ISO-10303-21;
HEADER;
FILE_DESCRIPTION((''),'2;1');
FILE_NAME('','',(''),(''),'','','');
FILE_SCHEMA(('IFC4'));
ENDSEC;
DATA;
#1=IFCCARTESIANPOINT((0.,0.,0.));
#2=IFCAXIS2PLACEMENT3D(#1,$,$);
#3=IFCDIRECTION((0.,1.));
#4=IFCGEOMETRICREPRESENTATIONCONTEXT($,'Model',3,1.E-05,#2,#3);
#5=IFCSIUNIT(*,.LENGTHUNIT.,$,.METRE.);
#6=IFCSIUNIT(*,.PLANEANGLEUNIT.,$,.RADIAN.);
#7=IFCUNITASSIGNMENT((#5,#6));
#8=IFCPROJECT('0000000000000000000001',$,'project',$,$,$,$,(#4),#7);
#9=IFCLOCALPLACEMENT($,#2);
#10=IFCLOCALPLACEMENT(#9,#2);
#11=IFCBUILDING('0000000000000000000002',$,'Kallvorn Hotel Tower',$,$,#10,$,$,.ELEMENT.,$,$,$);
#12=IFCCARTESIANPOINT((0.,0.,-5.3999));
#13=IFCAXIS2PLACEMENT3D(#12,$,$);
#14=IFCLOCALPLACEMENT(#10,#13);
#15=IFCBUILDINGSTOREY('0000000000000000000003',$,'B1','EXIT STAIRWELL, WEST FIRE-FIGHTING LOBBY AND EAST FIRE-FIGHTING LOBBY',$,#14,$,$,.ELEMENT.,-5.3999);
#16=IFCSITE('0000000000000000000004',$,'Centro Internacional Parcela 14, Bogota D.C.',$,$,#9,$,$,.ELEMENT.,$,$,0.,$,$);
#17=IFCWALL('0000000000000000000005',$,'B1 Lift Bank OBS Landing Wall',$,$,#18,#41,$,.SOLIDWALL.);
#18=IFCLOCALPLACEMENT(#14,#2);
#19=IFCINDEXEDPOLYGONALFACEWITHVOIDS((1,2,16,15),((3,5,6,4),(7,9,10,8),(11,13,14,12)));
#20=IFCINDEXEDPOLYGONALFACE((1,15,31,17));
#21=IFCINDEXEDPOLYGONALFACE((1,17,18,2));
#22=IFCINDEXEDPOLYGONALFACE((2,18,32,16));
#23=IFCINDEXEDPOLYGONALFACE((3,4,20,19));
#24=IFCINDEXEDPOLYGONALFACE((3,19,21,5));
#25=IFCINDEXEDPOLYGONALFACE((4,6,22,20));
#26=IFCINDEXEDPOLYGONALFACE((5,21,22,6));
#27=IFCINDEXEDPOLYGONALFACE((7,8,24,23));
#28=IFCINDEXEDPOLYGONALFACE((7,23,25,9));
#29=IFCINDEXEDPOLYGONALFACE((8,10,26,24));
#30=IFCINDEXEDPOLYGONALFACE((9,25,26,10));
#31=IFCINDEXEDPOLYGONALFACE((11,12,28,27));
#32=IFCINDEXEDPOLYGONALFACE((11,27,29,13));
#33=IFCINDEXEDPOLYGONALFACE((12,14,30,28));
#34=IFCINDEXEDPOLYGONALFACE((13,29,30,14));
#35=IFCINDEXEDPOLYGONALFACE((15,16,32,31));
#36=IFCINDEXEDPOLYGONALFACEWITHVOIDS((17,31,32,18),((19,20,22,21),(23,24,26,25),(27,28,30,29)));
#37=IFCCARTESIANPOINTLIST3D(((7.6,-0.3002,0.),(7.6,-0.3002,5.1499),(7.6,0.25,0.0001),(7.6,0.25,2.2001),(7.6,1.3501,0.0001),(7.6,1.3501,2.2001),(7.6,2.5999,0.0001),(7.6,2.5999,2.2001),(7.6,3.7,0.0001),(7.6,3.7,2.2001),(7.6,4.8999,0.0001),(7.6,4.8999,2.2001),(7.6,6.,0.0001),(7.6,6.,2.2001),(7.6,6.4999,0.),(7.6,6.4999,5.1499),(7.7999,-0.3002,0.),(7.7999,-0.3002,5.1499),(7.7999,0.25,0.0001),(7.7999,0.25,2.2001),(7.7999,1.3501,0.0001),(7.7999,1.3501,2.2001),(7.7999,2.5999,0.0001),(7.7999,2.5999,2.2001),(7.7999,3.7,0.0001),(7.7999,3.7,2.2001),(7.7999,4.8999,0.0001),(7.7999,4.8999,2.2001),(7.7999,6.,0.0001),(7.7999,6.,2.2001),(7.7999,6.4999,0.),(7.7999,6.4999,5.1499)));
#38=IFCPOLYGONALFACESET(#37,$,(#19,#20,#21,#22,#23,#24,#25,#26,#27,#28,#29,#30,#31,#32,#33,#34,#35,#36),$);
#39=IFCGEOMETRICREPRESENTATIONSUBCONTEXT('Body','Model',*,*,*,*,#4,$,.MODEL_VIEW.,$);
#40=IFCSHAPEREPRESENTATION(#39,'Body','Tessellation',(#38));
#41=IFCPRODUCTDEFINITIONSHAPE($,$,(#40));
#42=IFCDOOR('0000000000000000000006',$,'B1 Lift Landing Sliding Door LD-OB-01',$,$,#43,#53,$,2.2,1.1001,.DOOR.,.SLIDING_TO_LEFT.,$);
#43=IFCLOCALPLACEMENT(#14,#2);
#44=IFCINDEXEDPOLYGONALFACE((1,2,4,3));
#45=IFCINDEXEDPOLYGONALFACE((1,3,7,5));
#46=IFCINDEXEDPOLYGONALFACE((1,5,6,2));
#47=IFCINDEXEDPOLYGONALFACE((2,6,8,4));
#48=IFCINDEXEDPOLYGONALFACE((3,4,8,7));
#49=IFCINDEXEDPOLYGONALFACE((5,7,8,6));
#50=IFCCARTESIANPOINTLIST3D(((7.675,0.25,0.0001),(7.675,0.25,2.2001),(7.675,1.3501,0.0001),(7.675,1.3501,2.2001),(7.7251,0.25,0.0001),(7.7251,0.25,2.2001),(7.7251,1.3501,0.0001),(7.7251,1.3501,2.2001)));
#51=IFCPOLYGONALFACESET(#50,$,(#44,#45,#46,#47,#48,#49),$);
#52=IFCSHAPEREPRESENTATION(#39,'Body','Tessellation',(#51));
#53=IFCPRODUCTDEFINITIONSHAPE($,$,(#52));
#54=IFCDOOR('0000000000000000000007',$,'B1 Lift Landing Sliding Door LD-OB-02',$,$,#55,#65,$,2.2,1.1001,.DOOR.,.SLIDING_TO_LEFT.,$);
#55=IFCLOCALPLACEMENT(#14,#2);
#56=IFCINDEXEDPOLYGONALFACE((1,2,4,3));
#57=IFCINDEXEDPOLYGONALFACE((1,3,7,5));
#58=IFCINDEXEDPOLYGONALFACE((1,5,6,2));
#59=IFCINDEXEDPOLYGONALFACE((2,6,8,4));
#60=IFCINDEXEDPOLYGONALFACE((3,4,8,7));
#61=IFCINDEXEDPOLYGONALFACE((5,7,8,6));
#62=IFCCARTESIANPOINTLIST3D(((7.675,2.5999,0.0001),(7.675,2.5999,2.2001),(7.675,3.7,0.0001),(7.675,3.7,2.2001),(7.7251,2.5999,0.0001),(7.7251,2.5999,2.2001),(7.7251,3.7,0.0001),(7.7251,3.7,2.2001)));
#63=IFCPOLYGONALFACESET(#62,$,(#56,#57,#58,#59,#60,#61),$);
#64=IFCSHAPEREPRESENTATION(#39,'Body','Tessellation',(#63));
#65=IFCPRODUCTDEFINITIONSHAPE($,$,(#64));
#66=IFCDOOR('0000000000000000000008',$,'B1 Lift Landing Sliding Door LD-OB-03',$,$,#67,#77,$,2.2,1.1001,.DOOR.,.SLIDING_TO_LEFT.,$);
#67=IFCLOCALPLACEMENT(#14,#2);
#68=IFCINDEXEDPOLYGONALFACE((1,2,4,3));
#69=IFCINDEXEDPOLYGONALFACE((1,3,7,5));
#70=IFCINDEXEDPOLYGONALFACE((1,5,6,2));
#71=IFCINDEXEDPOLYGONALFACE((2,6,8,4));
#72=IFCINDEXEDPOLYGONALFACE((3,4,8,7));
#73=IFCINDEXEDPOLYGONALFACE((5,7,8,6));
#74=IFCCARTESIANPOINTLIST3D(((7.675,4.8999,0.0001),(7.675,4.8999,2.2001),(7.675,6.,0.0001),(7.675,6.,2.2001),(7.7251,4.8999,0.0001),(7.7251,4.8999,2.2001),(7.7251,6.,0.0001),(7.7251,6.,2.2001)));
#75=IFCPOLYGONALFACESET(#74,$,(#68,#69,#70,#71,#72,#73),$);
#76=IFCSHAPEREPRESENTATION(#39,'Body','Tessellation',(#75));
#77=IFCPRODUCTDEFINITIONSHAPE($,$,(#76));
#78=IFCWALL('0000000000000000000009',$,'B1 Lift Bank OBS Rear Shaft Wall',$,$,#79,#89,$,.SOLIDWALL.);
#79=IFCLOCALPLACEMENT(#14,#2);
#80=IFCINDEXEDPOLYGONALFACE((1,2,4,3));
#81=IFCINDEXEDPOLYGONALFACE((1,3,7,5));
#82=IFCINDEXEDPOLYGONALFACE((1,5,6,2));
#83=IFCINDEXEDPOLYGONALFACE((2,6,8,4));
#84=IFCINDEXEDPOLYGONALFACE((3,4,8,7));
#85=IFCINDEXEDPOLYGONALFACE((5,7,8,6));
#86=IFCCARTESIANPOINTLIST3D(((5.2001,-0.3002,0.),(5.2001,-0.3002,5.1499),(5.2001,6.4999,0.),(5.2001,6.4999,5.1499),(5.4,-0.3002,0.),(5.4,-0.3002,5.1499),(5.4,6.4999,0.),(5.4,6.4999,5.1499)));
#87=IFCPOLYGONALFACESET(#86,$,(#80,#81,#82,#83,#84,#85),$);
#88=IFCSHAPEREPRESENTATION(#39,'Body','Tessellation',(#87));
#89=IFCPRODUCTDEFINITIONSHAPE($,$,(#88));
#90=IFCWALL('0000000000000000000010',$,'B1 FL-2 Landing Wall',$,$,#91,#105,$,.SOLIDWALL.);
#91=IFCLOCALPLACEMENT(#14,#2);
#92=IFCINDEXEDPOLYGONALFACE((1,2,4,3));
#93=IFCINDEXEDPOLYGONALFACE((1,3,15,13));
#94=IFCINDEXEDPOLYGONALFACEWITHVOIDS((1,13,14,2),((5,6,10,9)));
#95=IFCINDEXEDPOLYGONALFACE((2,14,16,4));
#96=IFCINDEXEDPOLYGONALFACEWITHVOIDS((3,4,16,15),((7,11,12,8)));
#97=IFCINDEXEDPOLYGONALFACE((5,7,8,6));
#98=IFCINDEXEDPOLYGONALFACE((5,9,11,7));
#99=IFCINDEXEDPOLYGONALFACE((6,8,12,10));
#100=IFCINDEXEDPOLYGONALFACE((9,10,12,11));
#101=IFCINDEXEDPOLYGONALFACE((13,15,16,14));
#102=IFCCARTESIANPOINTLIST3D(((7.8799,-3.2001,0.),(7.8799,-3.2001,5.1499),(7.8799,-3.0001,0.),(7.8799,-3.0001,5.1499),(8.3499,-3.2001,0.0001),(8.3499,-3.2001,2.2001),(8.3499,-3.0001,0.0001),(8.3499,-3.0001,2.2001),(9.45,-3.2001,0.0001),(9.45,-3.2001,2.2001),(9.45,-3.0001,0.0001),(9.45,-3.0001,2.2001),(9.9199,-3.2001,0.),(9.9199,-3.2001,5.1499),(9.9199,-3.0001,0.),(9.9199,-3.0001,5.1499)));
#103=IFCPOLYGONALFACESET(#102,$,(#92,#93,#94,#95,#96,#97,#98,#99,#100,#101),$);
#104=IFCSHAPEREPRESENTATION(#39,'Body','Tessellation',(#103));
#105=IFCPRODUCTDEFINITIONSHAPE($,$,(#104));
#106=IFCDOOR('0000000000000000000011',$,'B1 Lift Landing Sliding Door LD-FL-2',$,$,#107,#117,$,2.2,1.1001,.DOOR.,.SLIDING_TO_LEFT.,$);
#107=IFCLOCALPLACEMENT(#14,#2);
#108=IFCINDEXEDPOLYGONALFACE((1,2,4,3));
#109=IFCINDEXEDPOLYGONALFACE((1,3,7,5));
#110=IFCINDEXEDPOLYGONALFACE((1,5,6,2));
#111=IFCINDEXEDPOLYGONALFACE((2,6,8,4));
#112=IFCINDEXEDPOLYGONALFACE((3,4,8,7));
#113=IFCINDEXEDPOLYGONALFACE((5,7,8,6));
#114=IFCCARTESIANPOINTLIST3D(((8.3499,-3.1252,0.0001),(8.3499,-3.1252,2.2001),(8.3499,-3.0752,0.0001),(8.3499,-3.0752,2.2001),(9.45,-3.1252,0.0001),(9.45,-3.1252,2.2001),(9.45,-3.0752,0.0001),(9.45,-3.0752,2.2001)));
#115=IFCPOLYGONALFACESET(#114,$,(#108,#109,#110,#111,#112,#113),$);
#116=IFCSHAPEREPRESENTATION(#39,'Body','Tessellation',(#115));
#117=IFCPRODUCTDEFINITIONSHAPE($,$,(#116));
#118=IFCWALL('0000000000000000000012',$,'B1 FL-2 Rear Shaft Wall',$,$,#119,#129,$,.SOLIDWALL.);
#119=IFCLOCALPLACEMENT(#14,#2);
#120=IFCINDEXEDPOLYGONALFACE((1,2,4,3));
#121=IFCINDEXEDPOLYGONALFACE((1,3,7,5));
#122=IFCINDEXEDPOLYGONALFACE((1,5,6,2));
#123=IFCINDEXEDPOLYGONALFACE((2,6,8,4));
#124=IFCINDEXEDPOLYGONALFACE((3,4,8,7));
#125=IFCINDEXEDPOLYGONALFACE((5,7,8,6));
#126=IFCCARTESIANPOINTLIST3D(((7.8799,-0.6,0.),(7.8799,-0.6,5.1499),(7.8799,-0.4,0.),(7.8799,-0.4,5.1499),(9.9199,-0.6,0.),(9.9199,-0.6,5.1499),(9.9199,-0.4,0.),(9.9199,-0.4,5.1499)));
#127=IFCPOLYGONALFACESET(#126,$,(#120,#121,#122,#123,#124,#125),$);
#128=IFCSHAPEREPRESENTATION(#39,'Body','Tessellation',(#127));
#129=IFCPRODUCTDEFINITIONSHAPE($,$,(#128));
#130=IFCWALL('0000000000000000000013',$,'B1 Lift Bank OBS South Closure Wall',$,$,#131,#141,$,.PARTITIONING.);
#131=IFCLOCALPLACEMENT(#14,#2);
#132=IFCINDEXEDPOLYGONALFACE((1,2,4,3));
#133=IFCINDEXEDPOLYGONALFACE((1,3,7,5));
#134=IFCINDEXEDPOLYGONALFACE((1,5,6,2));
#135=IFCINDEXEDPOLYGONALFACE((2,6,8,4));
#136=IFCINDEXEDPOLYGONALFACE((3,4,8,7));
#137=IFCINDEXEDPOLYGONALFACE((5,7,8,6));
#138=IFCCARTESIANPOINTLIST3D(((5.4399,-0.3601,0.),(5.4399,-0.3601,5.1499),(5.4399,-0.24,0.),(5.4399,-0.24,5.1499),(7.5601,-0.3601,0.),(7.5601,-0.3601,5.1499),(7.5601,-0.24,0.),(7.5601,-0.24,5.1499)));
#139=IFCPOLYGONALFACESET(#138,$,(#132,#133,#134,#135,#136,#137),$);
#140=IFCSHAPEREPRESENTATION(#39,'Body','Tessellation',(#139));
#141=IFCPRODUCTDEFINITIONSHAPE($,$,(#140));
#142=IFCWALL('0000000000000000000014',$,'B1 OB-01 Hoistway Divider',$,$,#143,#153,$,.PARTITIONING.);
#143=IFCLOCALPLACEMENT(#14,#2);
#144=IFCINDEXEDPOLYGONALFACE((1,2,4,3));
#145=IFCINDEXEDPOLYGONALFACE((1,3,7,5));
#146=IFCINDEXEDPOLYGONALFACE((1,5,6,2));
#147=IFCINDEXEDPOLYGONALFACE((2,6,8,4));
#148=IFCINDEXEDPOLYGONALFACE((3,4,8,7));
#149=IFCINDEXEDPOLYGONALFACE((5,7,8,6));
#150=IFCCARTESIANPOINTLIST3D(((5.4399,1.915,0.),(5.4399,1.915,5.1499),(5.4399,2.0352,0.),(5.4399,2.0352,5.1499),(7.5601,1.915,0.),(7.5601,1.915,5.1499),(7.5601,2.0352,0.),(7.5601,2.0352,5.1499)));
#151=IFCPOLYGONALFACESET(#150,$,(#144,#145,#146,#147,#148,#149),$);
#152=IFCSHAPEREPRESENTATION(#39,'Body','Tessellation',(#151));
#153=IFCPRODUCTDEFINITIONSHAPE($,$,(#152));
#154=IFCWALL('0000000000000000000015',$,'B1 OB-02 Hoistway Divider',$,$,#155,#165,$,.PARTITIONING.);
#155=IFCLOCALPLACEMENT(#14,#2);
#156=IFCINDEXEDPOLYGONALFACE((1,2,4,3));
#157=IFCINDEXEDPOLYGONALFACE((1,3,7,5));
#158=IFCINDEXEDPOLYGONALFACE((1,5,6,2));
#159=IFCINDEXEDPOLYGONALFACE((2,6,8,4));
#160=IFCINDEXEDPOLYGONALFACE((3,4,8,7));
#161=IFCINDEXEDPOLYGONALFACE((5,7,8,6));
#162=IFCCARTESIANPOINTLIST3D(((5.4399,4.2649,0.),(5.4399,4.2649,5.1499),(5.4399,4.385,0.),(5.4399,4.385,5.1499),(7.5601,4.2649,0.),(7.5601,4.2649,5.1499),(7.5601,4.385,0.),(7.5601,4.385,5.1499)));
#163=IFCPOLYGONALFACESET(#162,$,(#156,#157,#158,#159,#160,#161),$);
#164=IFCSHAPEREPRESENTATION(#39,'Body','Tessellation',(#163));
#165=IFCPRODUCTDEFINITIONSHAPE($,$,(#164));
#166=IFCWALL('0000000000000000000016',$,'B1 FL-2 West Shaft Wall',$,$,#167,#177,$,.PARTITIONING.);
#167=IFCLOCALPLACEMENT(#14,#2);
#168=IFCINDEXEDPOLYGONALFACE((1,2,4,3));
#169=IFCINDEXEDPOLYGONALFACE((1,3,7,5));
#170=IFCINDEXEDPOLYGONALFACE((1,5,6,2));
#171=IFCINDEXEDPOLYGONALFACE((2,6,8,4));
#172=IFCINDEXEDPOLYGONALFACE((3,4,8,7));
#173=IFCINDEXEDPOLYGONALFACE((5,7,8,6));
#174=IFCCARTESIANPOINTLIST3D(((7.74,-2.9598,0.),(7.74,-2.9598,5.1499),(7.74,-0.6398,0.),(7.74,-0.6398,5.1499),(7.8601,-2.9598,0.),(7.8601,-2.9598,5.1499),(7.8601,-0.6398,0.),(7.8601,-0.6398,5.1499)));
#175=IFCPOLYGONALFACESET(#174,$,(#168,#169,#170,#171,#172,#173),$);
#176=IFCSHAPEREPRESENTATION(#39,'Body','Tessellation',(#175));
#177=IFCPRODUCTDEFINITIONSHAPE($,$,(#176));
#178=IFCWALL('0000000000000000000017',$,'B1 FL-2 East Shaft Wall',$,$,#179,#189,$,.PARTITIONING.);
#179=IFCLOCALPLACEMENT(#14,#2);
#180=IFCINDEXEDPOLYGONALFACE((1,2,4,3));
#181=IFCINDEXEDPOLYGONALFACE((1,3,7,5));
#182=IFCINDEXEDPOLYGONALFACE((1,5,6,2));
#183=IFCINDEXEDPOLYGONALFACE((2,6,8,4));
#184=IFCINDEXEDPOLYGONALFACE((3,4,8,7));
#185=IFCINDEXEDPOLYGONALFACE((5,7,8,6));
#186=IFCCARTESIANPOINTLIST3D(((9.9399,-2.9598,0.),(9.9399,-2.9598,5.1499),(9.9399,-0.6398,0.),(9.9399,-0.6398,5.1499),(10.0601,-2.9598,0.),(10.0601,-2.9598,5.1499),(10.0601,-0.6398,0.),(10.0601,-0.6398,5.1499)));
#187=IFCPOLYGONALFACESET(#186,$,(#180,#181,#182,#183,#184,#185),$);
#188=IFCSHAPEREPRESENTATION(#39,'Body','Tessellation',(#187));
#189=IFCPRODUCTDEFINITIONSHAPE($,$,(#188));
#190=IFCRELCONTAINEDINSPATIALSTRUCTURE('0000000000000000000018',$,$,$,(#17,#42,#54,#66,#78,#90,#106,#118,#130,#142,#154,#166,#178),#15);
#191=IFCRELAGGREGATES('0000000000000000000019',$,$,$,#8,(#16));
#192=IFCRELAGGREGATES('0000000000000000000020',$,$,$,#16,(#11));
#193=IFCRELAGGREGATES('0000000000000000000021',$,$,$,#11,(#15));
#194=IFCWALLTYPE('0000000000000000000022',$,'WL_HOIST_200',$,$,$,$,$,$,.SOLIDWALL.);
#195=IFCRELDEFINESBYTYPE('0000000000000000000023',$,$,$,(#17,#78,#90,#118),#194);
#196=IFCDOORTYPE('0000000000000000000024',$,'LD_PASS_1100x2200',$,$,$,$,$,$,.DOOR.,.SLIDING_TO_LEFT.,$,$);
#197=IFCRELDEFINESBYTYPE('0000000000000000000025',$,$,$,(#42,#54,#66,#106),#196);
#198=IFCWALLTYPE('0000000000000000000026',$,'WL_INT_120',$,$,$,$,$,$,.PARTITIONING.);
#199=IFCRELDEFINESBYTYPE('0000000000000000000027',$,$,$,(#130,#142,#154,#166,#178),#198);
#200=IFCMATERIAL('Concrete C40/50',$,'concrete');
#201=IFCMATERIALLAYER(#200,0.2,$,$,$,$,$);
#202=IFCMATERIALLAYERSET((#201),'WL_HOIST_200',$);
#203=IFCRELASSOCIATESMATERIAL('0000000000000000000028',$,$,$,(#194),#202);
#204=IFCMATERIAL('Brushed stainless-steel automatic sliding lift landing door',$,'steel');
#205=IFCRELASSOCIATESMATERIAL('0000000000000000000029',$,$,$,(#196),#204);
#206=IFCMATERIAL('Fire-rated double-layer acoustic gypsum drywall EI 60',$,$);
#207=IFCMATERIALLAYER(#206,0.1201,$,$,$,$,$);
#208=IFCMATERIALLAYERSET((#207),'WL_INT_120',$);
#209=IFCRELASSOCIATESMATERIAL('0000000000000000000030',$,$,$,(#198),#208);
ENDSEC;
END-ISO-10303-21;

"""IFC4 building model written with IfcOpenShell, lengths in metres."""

from ifc_helpers import new_model, si_unit, direction, frame, frame_2d, origin, place, context, subcontext, project, spatial, rectangle, extrude, material, layer, layer_set, type_object, element, fill, save


model = new_model("IFC4")

# Units and contexts
model_context = context("Model", 3, precision=1e-05, world=origin(), true_north=direction((0.0, 1.0)))
body_context = subcontext(model_context, "Body", "Model", "MODEL_VIEW")
ifc_project = project(units=[si_unit("LENGTHUNIT", "METRE"), si_unit("PLANEANGLEUNIT", "RADIAN")], contexts=[model_context])

# Site, building, storey
site_placement = place(None, origin())
site = spatial("IfcSite", under=ifc_project, at=site_placement, Name="Centro Internacional Parcela 14, Bogota D.C.", CompositionType="ELEMENT", RefElevation=0.0)
building_placement = place(site_placement, origin())
building = spatial("IfcBuilding", under=site, at=building_placement, Name="Kallvorn Hotel Tower", CompositionType="ELEMENT")
storey_placement = place(building_placement, frame((0.0, 0.0, -5.3999)))
storey = spatial("IfcBuildingStorey", under=building, at=storey_placement, Name="B1", Description="EXIT STAIRWELL, WEST FIRE-FIGHTING LOBBY AND EAST FIRE-FIGHTING LOBBY", CompositionType="ELEMENT", Elevation=-5.3999)

# Shared definitions
ifc_material_1 = material(Name="Concrete C40/50", Category="concrete")
ifc_layer_1 = layer(ifc_material_1, 0.2)
ifc_layer_set_1 = layer_set([ifc_layer_1], Name="WL_HOIST_200")
wall_type_1 = type_object("IfcWallType", Name="WL_HOIST_200", PredefinedType="SOLIDWALL", material=ifc_layer_set_1)

# Wall, openings, doors
wall_1_placement = place(storey_placement, frame((7.7, -0.3, 0.0), z_axis=(0.0, 0.0, 1.0), x_axis=(0.0, 1.0, 0.0)))
wall_1 = element("IfcWall", 1, at=wall_1_placement, inside=storey, type_object=wall_type_1, Name="B1 Lift Bank OBS Landing Wall", PredefinedType="SOLIDWALL", context=body_context, shape_type="SweptSolid", body=[
    extrude(rectangle(XDim=6.8, YDim=0.2, at=frame_2d((3.3999, 0.0))), origin(), (0.0, 0.0, 1.0), 5.1499),
])
opening_1_placement = place(wall_1_placement, frame((0.55, 0.0, 0.0)))
opening_1 = element("IfcOpeningElement", 2, at=opening_1_placement, cuts=wall_1, PredefinedType="OPENING", context=body_context, shape_type="SweptSolid", body=[
    extrude(rectangle(XDim=1.1001, YDim=2.2, at=frame_2d((0.55, 1.1001))), frame((0.0, 0.115, 0.0), z_axis=(0.0, -1.0, 0.0), x_axis=(1.0, 0.0, 0.0)), (0.0, 0.0, 1.0), 0.23),
])
opening_2_placement = place(wall_1_placement, frame((2.8999, 0.0, 0.0)))
opening_2 = element("IfcOpeningElement", 3, at=opening_2_placement, cuts=wall_1, PredefinedType="OPENING", context=body_context, shape_type="SweptSolid", body=[
    extrude(rectangle(XDim=1.1001, YDim=2.2, at=frame_2d((0.55, 1.1001))), frame((0.0, 0.115, 0.0), z_axis=(0.0, -1.0, 0.0), x_axis=(1.0, 0.0, 0.0)), (0.0, 0.0, 1.0), 0.23),
])
opening_3_placement = place(wall_1_placement, frame((5.2, 0.0, 0.0)))
opening_3 = element("IfcOpeningElement", 4, at=opening_3_placement, cuts=wall_1, PredefinedType="OPENING", context=body_context, shape_type="SweptSolid", body=[
    extrude(rectangle(XDim=1.1001, YDim=2.2, at=frame_2d((0.55, 1.1001))), frame((0.0, 0.115, 0.0), z_axis=(0.0, -1.0, 0.0), x_axis=(1.0, 0.0, 0.0)), (0.0, 0.0, 1.0), 0.23),
])
ifc_material_2 = material(Name="Brushed stainless-steel automatic sliding lift landing door", Category="steel")
door_type = type_object("IfcDoorType", Name="LD_PASS_1100x2200", OperationType="SLIDING_TO_LEFT", PredefinedType="DOOR", material=ifc_material_2)
door_1_placement = place(opening_1_placement, origin())
door_1 = element("IfcDoor", 5, at=door_1_placement, inside=storey, type_object=door_type, Name="B1 Lift Landing Sliding Door LD-OB-01", OperationType="SLIDING_TO_LEFT", OverallHeight=2.2, OverallWidth=1.1001, PredefinedType="DOOR", context=body_context, shape_type="SweptSolid", body=[
    extrude(rectangle(XDim=1.1001, YDim=2.2, at=frame_2d((0.55, 1.1001))), frame((0.0, 0.0249, 0.0), z_axis=(0.0, -1.0, 0.0), x_axis=(1.0, 0.0, 0.0)), (0.0, 0.0, 1.0), 0.05),
])
fill(opening_1, door_1)
door_2_placement = place(opening_2_placement, origin())
door_2 = element("IfcDoor", 6, at=door_2_placement, inside=storey, type_object=door_type, Name="B1 Lift Landing Sliding Door LD-OB-02", OperationType="SLIDING_TO_LEFT", OverallHeight=2.2, OverallWidth=1.1001, PredefinedType="DOOR", context=body_context, shape_type="SweptSolid", body=[
    extrude(rectangle(XDim=1.1001, YDim=2.2, at=frame_2d((0.55, 1.1001))), frame((0.0, 0.0249, 0.0), z_axis=(0.0, -1.0, 0.0), x_axis=(1.0, 0.0, 0.0)), (0.0, 0.0, 1.0), 0.05),
])
fill(opening_2, door_2)
door_3_placement = place(opening_3_placement, origin())
door_3 = element("IfcDoor", 7, at=door_3_placement, inside=storey, type_object=door_type, Name="B1 Lift Landing Sliding Door LD-OB-03", OperationType="SLIDING_TO_LEFT", OverallHeight=2.2, OverallWidth=1.1001, PredefinedType="DOOR", context=body_context, shape_type="SweptSolid", body=[
    extrude(rectangle(XDim=1.1001, YDim=2.2, at=frame_2d((0.55, 1.1001))), frame((0.0, 0.0249, 0.0), z_axis=(0.0, -1.0, 0.0), x_axis=(1.0, 0.0, 0.0)), (0.0, 0.0, 1.0), 0.05),
])
fill(opening_3, door_3)

# Wall
wall_2_placement = place(storey_placement, frame((5.3, -0.3, 0.0), z_axis=(0.0, 0.0, 1.0), x_axis=(0.0, 1.0, 0.0)))
element("IfcWall", 8, at=wall_2_placement, inside=storey, type_object=wall_type_1, Name="B1 Lift Bank OBS Rear Shaft Wall", PredefinedType="SOLIDWALL", context=body_context, shape_type="SweptSolid", body=[
    extrude(rectangle(XDim=6.8, YDim=0.2, at=frame_2d((3.3999, 0.0))), origin(), (0.0, 0.0, 1.0), 5.1499),
])

# Wall, opening, door
wall_3_placement = place(storey_placement, frame((7.8799, -3.1001, 0.0), z_axis=(0.0, 0.0, 1.0), x_axis=(1.0, 0.0, 0.0)))
wall_3 = element("IfcWall", 9, at=wall_3_placement, inside=storey, type_object=wall_type_1, Name="B1 FL-2 Landing Wall", PredefinedType="SOLIDWALL", context=body_context, shape_type="SweptSolid", body=[
    extrude(rectangle(XDim=2.04, YDim=0.2, at=frame_2d((1.02, 0.0))), origin(), (0.0, 0.0, 1.0), 5.1499),
])
opening_4_placement = place(wall_3_placement, frame((0.47, 0.0, 0.0)))
opening_4 = element("IfcOpeningElement", 10, at=opening_4_placement, cuts=wall_3, PredefinedType="OPENING", context=body_context, shape_type="SweptSolid", body=[
    extrude(rectangle(XDim=1.1001, YDim=2.2, at=frame_2d((0.55, 1.1001))), frame((0.0, 0.115, 0.0), z_axis=(0.0, -1.0, 0.0), x_axis=(1.0, 0.0, 0.0)), (0.0, 0.0, 1.0), 0.23),
])
door_4_placement = place(opening_4_placement, origin())
door_4 = element("IfcDoor", 11, at=door_4_placement, inside=storey, type_object=door_type, Name="B1 Lift Landing Sliding Door LD-FL-2", OperationType="SLIDING_TO_LEFT", OverallHeight=2.2, OverallWidth=1.1001, PredefinedType="DOOR", context=body_context, shape_type="SweptSolid", body=[
    extrude(rectangle(XDim=1.1001, YDim=2.2, at=frame_2d((0.55, 1.1001))), frame((0.0, 0.0249, 0.0), z_axis=(0.0, -1.0, 0.0), x_axis=(1.0, 0.0, 0.0)), (0.0, 0.0, 1.0), 0.05),
])
fill(opening_4, door_4)

# Walls
wall_4_placement = place(storey_placement, frame((7.8799, -0.5, 0.0), z_axis=(0.0, 0.0, 1.0), x_axis=(1.0, 0.0, 0.0)))
element("IfcWall", 12, at=wall_4_placement, inside=storey, type_object=wall_type_1, Name="B1 FL-2 Rear Shaft Wall", PredefinedType="SOLIDWALL", context=body_context, shape_type="SweptSolid", body=[
    extrude(rectangle(XDim=2.04, YDim=0.2, at=frame_2d((1.02, 0.0))), origin(), (0.0, 0.0, 1.0), 5.1499),
])
ifc_material_3 = material(Name="Fire-rated double-layer acoustic gypsum drywall EI 60")
ifc_layer_2 = layer(ifc_material_3, 0.1201)
ifc_layer_set_2 = layer_set([ifc_layer_2], Name="WL_INT_120")
wall_type_2 = type_object("IfcWallType", Name="WL_INT_120", PredefinedType="PARTITIONING", material=ifc_layer_set_2)
for number, where, z_axis, x_axis, name in (
    (13, (5.4399, -0.3, 0.0), (0.0, 0.0, 1.0), (1.0, 0.0, 0.0), "B1 Lift Bank OBS South Closure Wall"),
    (14, (5.4399, 1.9751, 0.0), (0.0, 0.0, 1.0), (1.0, 0.0, 0.0), "B1 OB-01 Hoistway Divider"),
    (15, (5.4399, 4.325, 0.0), (0.0, 0.0, 1.0), (1.0, 0.0, 0.0), "B1 OB-02 Hoistway Divider"),
):
    element("IfcWall", number, at=place(storey_placement, frame(where, z_axis=z_axis, x_axis=x_axis)), inside=storey, type_object=wall_type_2, Name=name, PredefinedType="PARTITIONING", context=body_context, shape_type="SweptSolid", body=[
        extrude(rectangle(XDim=2.1201, YDim=0.1201, at=frame_2d((1.0601, 0.0))), origin(), (0.0, 0.0, 1.0), 5.1499),
    ])
for number, where, z_axis, x_axis, name in (
    (16, (7.8, -2.96, 0.0), (0.0, 0.0, 1.0), (0.0, 1.0, 0.0), "B1 FL-2 West Shaft Wall"),
    (17, (10.0, -2.96, 0.0), (0.0, 0.0, 1.0), (0.0, 1.0, 0.0), "B1 FL-2 East Shaft Wall"),
):
    element("IfcWall", number, at=place(storey_placement, frame(where, z_axis=z_axis, x_axis=x_axis)), inside=storey, type_object=wall_type_2, Name=name, PredefinedType="PARTITIONING", context=body_context, shape_type="SweptSolid", body=[
        extrude(rectangle(XDim=2.3201, YDim=0.1201, at=frame_2d((1.1602, 0.0))), origin(), (0.0, 0.0, 1.0), 5.1499),
    ])

save(model, "model.ifc")
